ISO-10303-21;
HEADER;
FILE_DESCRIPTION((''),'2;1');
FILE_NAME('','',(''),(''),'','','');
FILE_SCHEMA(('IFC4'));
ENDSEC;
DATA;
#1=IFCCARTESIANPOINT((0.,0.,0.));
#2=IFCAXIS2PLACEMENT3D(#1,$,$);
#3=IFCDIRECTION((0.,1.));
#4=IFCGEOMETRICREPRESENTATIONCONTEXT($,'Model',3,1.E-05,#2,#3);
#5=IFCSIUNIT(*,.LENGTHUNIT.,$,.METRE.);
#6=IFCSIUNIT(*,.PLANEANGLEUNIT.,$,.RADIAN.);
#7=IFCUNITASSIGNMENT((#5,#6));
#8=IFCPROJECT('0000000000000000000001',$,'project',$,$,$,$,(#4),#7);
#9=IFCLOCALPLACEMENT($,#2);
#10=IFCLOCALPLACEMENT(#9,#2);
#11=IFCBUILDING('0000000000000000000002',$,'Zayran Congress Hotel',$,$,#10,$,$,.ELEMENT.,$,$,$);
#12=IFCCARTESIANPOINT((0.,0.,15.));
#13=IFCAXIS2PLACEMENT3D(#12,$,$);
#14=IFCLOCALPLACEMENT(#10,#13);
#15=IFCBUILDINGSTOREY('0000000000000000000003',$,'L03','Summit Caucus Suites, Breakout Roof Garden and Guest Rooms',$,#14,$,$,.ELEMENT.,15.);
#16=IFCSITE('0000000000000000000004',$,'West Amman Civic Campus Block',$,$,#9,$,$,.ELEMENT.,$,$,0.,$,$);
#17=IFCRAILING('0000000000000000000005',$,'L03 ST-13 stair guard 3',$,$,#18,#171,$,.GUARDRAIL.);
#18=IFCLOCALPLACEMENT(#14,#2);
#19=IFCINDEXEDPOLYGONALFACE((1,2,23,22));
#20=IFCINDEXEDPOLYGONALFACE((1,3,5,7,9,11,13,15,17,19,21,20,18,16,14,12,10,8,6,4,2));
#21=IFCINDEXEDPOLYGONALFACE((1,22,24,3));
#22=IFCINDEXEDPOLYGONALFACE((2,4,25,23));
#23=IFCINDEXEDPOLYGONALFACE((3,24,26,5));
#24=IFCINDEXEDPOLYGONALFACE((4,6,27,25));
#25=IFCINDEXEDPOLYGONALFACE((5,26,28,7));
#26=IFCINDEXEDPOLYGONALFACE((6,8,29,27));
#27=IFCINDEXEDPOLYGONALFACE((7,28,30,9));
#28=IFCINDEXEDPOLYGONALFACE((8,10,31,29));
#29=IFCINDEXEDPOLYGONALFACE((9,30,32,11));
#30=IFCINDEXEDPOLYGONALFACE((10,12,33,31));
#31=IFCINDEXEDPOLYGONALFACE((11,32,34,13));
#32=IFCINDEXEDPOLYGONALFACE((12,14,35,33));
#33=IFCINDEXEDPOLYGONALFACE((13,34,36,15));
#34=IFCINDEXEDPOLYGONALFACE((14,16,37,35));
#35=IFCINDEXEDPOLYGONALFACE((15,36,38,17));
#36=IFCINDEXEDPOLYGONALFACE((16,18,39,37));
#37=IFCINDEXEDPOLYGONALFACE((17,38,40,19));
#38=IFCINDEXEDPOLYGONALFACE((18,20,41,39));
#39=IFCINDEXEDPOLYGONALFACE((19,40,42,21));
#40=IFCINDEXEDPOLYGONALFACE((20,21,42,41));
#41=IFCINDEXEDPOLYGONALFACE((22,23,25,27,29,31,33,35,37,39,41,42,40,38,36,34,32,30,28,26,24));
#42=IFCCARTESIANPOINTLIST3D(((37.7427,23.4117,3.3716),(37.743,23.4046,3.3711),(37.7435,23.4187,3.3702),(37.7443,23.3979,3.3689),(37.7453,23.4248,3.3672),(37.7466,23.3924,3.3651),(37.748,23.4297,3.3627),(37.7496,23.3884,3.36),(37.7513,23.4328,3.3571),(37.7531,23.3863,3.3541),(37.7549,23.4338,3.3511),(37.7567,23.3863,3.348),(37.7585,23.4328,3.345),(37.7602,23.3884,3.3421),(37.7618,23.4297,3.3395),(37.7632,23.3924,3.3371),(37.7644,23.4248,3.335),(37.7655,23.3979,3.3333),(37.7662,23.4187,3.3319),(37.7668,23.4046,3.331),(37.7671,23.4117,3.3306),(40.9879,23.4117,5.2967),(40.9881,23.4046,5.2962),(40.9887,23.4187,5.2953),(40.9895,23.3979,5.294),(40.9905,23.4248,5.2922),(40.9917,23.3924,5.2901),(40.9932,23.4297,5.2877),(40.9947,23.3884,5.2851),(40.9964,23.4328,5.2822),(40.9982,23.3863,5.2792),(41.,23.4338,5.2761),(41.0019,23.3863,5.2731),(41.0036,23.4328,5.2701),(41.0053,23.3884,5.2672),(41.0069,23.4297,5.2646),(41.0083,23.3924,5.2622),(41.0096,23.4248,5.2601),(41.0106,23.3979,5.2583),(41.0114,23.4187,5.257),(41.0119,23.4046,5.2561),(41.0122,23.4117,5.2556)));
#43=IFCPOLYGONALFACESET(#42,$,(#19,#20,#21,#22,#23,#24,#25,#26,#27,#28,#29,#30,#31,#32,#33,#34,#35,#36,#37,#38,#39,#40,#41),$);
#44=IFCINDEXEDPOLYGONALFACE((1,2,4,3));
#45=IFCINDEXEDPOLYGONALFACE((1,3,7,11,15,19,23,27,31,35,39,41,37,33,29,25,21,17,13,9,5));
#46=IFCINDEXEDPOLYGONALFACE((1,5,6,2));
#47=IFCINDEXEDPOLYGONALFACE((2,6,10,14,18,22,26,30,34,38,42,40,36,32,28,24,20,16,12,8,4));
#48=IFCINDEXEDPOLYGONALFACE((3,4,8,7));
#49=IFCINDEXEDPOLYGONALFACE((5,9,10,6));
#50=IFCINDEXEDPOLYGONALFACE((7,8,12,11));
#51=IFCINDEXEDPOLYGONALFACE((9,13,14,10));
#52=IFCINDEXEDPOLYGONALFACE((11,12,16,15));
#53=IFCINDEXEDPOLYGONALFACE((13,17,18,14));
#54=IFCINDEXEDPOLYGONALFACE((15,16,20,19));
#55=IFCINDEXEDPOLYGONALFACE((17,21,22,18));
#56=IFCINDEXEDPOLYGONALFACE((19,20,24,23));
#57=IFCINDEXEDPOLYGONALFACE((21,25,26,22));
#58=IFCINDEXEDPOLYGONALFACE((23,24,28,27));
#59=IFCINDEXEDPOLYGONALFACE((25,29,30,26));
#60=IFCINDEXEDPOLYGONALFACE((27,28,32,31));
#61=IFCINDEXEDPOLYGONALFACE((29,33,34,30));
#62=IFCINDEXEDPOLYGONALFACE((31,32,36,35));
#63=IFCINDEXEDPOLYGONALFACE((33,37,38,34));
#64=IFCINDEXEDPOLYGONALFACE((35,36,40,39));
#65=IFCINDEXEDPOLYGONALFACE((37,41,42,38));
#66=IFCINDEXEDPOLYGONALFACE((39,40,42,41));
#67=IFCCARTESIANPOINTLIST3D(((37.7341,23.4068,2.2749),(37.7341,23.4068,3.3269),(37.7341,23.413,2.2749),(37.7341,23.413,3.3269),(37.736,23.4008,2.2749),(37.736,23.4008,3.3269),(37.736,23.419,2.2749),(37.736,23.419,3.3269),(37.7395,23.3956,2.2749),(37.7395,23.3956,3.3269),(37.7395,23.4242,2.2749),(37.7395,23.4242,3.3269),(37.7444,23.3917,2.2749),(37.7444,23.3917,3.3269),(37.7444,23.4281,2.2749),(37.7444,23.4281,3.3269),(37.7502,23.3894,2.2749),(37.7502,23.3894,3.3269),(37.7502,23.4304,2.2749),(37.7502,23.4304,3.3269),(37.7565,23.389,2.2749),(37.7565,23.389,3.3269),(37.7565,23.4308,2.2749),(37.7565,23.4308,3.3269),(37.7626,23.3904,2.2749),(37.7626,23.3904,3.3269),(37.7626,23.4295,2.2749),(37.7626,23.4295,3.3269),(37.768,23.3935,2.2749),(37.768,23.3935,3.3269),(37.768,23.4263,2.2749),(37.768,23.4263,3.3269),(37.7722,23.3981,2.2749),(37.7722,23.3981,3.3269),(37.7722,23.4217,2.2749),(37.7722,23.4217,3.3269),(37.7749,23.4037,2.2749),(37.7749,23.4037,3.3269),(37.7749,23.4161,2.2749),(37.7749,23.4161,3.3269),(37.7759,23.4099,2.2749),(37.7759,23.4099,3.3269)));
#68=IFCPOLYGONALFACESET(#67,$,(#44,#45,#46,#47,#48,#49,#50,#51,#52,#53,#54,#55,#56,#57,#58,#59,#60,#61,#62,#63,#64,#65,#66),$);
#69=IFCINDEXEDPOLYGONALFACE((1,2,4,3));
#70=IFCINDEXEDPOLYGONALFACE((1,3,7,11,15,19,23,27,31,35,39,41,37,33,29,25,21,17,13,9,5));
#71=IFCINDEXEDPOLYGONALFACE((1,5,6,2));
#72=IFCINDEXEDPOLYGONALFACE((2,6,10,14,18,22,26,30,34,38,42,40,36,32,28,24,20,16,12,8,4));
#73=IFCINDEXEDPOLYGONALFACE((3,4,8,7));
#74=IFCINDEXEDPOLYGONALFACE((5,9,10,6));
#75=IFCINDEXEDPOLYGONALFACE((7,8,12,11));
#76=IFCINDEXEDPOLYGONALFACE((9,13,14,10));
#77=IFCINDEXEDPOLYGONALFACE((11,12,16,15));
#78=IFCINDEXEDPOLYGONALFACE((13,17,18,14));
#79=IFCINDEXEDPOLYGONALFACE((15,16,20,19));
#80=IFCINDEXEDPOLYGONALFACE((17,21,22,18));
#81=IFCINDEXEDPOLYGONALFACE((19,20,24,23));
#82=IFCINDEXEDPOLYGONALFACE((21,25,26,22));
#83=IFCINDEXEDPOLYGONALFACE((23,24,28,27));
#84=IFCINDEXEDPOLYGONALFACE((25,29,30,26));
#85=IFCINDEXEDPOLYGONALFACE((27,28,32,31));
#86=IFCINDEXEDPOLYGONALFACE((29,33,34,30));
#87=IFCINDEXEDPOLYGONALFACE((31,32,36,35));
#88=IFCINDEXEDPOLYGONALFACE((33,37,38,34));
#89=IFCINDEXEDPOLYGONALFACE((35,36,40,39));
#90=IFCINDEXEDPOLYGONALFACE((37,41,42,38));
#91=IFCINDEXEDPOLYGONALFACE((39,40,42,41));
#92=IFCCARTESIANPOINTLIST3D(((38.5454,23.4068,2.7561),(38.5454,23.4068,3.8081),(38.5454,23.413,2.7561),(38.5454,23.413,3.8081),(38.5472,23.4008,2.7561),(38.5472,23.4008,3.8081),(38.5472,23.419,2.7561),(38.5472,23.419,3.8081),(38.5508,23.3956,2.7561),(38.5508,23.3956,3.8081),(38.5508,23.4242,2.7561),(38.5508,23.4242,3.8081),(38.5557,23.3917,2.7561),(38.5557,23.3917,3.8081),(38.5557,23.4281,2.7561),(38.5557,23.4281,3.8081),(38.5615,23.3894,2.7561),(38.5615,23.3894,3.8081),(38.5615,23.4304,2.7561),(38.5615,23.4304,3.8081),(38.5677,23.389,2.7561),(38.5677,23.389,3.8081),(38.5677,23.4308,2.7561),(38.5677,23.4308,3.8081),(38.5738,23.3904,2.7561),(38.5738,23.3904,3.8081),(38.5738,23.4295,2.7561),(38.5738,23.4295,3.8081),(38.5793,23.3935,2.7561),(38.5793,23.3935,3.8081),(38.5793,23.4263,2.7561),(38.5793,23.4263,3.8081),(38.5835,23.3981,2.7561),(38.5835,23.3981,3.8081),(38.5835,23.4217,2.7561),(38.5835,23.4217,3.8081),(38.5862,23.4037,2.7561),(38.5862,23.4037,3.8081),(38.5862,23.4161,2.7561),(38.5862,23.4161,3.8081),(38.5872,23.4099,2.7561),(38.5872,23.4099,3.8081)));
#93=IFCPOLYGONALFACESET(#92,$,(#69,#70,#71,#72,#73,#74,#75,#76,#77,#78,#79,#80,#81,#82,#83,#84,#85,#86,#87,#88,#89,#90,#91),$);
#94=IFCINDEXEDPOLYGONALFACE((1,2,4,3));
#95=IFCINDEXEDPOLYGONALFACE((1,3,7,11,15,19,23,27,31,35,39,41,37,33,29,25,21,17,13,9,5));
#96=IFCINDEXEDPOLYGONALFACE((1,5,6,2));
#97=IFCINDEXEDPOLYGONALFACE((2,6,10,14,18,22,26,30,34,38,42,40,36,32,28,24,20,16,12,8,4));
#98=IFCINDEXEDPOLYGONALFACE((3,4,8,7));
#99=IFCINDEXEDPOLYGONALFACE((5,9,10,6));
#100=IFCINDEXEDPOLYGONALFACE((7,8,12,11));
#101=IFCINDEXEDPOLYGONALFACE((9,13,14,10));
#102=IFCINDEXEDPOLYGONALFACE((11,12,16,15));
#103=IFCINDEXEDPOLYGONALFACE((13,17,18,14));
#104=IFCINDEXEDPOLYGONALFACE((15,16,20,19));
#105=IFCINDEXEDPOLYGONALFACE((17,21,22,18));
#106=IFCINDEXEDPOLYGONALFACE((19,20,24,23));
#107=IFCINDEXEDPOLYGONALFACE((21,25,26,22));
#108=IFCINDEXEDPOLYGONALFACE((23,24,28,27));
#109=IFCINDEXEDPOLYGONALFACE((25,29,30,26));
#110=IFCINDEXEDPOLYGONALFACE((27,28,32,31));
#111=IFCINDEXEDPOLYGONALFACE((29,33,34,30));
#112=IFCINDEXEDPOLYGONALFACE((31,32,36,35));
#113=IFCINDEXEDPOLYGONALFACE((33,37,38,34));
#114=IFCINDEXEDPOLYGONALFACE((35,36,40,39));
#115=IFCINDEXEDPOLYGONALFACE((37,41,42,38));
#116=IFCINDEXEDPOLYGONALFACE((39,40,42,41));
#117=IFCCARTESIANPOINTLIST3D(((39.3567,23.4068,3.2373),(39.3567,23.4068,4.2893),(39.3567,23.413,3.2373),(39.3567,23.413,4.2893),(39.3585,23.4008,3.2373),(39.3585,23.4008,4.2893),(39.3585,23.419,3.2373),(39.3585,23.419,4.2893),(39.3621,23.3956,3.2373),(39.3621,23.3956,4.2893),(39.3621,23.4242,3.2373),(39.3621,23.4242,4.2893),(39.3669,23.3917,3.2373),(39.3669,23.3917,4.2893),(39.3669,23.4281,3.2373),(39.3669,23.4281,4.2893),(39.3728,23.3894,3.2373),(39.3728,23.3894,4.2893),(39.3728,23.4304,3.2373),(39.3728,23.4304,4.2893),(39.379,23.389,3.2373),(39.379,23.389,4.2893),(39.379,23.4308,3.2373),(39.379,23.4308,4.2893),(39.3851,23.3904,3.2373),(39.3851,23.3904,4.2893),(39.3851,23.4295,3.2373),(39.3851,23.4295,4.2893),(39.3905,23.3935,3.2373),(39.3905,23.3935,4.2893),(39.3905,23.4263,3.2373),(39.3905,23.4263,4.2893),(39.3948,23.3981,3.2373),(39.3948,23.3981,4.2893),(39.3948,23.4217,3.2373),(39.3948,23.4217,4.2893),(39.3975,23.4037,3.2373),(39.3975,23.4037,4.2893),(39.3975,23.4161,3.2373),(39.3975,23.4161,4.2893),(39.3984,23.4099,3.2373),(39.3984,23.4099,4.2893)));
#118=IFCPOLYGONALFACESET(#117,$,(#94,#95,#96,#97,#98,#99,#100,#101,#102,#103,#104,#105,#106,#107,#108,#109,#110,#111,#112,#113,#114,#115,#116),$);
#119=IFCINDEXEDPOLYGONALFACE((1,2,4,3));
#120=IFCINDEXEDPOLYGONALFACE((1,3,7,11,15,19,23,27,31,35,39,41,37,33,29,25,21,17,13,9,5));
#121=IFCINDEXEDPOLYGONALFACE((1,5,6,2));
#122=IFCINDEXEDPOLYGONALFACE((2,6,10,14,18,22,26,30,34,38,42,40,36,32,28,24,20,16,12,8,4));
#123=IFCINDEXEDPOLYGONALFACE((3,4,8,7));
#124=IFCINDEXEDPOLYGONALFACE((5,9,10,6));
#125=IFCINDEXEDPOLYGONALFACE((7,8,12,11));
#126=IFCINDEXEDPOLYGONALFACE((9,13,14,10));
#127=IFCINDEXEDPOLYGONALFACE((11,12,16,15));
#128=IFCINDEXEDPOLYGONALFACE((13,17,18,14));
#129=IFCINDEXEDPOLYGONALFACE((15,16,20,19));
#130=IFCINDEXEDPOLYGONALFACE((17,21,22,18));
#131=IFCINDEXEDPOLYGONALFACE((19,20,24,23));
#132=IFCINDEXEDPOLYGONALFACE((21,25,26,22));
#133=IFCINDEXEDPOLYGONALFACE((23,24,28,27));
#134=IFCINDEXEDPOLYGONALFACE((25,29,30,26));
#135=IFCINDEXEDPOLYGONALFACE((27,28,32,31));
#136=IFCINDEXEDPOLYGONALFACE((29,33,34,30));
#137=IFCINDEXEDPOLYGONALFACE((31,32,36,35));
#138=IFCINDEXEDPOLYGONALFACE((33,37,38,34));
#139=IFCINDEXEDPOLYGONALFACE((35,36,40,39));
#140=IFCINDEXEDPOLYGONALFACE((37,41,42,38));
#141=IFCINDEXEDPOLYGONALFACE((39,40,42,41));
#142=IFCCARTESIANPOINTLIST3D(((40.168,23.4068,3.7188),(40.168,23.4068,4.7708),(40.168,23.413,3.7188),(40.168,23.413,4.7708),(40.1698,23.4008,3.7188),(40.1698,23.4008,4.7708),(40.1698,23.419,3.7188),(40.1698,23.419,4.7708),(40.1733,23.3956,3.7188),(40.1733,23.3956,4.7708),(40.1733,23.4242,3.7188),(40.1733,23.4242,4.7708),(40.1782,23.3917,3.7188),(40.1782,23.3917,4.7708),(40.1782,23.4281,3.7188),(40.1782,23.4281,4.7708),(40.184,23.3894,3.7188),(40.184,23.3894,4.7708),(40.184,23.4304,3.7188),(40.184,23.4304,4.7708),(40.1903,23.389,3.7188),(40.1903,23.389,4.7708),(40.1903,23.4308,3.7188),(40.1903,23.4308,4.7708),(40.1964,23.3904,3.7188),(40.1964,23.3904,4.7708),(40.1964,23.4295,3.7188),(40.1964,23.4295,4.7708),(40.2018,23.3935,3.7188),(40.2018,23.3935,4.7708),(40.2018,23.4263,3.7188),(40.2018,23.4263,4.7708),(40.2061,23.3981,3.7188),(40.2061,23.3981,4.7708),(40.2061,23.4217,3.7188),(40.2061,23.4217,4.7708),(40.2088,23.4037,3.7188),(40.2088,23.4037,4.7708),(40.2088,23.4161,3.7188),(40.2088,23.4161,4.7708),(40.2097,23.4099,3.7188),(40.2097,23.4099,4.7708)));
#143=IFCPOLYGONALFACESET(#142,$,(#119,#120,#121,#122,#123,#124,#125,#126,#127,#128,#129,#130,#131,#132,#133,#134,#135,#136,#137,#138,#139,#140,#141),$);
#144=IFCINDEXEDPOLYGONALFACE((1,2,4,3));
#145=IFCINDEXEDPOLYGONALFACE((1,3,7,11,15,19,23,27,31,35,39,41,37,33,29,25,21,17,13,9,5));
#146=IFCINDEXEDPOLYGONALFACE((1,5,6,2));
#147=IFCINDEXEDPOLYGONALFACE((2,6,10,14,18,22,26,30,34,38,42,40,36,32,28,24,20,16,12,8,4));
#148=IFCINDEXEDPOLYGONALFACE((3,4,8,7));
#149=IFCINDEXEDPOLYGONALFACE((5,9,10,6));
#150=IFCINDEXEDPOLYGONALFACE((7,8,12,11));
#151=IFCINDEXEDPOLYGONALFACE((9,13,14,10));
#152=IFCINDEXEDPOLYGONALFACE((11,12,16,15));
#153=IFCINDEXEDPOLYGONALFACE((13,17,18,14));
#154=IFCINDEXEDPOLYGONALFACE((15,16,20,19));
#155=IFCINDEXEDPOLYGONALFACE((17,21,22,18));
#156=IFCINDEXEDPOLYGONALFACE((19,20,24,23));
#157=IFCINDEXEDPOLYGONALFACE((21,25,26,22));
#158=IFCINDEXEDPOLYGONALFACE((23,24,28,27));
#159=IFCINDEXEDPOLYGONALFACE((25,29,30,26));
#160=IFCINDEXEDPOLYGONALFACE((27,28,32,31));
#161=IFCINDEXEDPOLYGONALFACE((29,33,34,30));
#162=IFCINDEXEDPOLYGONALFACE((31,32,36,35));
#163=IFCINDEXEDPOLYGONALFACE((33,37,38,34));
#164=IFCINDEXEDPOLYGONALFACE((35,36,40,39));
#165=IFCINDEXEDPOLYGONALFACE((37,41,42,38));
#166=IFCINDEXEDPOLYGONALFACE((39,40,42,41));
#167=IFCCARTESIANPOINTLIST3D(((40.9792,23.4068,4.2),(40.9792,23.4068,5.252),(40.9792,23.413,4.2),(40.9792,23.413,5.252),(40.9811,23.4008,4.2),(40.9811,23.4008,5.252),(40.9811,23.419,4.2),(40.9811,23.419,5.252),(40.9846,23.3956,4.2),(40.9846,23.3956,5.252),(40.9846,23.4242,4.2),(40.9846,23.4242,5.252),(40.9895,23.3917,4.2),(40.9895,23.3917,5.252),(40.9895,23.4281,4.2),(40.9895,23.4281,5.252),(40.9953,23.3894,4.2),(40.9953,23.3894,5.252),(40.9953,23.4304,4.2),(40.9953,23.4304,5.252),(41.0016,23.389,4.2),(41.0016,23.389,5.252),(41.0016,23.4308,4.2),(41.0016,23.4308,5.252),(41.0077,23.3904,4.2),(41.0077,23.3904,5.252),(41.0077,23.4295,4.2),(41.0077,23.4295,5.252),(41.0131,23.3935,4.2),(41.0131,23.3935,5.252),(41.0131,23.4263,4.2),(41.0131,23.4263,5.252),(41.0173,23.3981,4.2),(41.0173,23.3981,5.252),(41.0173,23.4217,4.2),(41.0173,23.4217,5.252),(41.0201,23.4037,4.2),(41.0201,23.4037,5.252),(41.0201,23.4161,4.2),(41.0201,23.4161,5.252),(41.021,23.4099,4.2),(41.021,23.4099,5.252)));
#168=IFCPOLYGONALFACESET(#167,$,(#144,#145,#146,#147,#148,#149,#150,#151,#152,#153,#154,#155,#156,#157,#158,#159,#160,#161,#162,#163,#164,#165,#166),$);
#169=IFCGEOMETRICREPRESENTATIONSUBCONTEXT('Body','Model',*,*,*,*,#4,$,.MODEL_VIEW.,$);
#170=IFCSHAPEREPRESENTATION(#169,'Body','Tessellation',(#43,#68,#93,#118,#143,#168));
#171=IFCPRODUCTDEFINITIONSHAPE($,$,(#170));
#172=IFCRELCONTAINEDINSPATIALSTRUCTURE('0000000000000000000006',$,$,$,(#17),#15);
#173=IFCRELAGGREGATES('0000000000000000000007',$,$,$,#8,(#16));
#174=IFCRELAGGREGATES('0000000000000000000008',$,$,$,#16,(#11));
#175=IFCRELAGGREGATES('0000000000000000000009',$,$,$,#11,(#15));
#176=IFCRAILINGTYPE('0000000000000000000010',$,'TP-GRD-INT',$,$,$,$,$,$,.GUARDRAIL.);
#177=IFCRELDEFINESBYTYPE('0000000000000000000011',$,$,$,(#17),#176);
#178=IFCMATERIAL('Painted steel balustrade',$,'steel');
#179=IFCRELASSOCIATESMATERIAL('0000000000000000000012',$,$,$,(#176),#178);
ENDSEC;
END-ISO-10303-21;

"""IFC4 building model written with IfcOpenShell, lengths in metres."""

from ifc_helpers import new_model, si_unit, direction, frame, origin, origin_2d, place, context, subcontext, project, spatial, circle, extrude, material, type_object, element, save


model = new_model("IFC4")

# Units and contexts
model_context = context("Model", 3, precision=1e-05, world=origin(), true_north=direction((0.0, 1.0)))
body_context = subcontext(model_context, "Body", "Model", "MODEL_VIEW")
ifc_project = project(units=[si_unit("LENGTHUNIT", "METRE"), si_unit("PLANEANGLEUNIT", "RADIAN")], contexts=[model_context])

# Site, building, storey
site_placement = place(None, origin())
site = spatial("IfcSite", under=ifc_project, at=site_placement, Name="West Amman Civic Campus Block", CompositionType="ELEMENT", RefElevation=0.0)
building_placement = place(site_placement, origin())
building = spatial("IfcBuilding", under=site, at=building_placement, Name="Zayran Congress Hotel", CompositionType="ELEMENT")
storey_placement = place(building_placement, frame((0.0, 0.0, 15.0)))
storey = spatial("IfcBuildingStorey", under=building, at=storey_placement, Name="L03", Description="Summit Caucus Suites, Breakout Roof Garden and Guest Rooms", CompositionType="ELEMENT", Elevation=15.0)

# Railing
ifc_material_1 = material(Name="Painted steel balustrade", Category="steel")
railing_type_1 = type_object("IfcRailingType", Name="TP-GRD-INT", PredefinedType="GUARDRAIL", material=ifc_material_1)
railing_1_placement = place(storey_placement, frame((37.7549, 23.4099, 2.2749)))
element("IfcRailing", 1, at=railing_1_placement, inside=storey, type_object=railing_type_1, Name="L03 ST-13 stair guard 3", PredefinedType="GUARDRAIL", context=body_context, shape_type="SweptSolid", body=[
    extrude(circle(Radius=0.0239, at=origin_2d()), frame((0.0, 0.0, 1.0762), z_axis=(0.860057, 0.0, 0.510198), x_axis=(0.0, 1.0, 0.0)), (0.0, 0.0, 1.0), 3.7732),
    extrude(circle(Radius=0.021, at=origin_2d()), origin(), (0.0, 0.0, 1.0), 1.052),
    extrude(circle(Radius=0.021, at=origin_2d()), frame((0.8113, 0.0, 0.4812)), (0.0, 0.0, 1.0), 1.052),
    extrude(circle(Radius=0.021, at=origin_2d()), frame((1.6226, 0.0, 0.9624)), (0.0, 0.0, 1.0), 1.052),
    extrude(circle(Radius=0.021, at=origin_2d()), frame((2.4338, 0.0, 1.4438)), (0.0, 0.0, 1.0), 1.052),
    extrude(circle(Radius=0.021, at=origin_2d()), frame((3.2451, 0.0, 1.925)), (0.0, 0.0, 1.0), 1.052),
])

save(model, "model.ifc")
